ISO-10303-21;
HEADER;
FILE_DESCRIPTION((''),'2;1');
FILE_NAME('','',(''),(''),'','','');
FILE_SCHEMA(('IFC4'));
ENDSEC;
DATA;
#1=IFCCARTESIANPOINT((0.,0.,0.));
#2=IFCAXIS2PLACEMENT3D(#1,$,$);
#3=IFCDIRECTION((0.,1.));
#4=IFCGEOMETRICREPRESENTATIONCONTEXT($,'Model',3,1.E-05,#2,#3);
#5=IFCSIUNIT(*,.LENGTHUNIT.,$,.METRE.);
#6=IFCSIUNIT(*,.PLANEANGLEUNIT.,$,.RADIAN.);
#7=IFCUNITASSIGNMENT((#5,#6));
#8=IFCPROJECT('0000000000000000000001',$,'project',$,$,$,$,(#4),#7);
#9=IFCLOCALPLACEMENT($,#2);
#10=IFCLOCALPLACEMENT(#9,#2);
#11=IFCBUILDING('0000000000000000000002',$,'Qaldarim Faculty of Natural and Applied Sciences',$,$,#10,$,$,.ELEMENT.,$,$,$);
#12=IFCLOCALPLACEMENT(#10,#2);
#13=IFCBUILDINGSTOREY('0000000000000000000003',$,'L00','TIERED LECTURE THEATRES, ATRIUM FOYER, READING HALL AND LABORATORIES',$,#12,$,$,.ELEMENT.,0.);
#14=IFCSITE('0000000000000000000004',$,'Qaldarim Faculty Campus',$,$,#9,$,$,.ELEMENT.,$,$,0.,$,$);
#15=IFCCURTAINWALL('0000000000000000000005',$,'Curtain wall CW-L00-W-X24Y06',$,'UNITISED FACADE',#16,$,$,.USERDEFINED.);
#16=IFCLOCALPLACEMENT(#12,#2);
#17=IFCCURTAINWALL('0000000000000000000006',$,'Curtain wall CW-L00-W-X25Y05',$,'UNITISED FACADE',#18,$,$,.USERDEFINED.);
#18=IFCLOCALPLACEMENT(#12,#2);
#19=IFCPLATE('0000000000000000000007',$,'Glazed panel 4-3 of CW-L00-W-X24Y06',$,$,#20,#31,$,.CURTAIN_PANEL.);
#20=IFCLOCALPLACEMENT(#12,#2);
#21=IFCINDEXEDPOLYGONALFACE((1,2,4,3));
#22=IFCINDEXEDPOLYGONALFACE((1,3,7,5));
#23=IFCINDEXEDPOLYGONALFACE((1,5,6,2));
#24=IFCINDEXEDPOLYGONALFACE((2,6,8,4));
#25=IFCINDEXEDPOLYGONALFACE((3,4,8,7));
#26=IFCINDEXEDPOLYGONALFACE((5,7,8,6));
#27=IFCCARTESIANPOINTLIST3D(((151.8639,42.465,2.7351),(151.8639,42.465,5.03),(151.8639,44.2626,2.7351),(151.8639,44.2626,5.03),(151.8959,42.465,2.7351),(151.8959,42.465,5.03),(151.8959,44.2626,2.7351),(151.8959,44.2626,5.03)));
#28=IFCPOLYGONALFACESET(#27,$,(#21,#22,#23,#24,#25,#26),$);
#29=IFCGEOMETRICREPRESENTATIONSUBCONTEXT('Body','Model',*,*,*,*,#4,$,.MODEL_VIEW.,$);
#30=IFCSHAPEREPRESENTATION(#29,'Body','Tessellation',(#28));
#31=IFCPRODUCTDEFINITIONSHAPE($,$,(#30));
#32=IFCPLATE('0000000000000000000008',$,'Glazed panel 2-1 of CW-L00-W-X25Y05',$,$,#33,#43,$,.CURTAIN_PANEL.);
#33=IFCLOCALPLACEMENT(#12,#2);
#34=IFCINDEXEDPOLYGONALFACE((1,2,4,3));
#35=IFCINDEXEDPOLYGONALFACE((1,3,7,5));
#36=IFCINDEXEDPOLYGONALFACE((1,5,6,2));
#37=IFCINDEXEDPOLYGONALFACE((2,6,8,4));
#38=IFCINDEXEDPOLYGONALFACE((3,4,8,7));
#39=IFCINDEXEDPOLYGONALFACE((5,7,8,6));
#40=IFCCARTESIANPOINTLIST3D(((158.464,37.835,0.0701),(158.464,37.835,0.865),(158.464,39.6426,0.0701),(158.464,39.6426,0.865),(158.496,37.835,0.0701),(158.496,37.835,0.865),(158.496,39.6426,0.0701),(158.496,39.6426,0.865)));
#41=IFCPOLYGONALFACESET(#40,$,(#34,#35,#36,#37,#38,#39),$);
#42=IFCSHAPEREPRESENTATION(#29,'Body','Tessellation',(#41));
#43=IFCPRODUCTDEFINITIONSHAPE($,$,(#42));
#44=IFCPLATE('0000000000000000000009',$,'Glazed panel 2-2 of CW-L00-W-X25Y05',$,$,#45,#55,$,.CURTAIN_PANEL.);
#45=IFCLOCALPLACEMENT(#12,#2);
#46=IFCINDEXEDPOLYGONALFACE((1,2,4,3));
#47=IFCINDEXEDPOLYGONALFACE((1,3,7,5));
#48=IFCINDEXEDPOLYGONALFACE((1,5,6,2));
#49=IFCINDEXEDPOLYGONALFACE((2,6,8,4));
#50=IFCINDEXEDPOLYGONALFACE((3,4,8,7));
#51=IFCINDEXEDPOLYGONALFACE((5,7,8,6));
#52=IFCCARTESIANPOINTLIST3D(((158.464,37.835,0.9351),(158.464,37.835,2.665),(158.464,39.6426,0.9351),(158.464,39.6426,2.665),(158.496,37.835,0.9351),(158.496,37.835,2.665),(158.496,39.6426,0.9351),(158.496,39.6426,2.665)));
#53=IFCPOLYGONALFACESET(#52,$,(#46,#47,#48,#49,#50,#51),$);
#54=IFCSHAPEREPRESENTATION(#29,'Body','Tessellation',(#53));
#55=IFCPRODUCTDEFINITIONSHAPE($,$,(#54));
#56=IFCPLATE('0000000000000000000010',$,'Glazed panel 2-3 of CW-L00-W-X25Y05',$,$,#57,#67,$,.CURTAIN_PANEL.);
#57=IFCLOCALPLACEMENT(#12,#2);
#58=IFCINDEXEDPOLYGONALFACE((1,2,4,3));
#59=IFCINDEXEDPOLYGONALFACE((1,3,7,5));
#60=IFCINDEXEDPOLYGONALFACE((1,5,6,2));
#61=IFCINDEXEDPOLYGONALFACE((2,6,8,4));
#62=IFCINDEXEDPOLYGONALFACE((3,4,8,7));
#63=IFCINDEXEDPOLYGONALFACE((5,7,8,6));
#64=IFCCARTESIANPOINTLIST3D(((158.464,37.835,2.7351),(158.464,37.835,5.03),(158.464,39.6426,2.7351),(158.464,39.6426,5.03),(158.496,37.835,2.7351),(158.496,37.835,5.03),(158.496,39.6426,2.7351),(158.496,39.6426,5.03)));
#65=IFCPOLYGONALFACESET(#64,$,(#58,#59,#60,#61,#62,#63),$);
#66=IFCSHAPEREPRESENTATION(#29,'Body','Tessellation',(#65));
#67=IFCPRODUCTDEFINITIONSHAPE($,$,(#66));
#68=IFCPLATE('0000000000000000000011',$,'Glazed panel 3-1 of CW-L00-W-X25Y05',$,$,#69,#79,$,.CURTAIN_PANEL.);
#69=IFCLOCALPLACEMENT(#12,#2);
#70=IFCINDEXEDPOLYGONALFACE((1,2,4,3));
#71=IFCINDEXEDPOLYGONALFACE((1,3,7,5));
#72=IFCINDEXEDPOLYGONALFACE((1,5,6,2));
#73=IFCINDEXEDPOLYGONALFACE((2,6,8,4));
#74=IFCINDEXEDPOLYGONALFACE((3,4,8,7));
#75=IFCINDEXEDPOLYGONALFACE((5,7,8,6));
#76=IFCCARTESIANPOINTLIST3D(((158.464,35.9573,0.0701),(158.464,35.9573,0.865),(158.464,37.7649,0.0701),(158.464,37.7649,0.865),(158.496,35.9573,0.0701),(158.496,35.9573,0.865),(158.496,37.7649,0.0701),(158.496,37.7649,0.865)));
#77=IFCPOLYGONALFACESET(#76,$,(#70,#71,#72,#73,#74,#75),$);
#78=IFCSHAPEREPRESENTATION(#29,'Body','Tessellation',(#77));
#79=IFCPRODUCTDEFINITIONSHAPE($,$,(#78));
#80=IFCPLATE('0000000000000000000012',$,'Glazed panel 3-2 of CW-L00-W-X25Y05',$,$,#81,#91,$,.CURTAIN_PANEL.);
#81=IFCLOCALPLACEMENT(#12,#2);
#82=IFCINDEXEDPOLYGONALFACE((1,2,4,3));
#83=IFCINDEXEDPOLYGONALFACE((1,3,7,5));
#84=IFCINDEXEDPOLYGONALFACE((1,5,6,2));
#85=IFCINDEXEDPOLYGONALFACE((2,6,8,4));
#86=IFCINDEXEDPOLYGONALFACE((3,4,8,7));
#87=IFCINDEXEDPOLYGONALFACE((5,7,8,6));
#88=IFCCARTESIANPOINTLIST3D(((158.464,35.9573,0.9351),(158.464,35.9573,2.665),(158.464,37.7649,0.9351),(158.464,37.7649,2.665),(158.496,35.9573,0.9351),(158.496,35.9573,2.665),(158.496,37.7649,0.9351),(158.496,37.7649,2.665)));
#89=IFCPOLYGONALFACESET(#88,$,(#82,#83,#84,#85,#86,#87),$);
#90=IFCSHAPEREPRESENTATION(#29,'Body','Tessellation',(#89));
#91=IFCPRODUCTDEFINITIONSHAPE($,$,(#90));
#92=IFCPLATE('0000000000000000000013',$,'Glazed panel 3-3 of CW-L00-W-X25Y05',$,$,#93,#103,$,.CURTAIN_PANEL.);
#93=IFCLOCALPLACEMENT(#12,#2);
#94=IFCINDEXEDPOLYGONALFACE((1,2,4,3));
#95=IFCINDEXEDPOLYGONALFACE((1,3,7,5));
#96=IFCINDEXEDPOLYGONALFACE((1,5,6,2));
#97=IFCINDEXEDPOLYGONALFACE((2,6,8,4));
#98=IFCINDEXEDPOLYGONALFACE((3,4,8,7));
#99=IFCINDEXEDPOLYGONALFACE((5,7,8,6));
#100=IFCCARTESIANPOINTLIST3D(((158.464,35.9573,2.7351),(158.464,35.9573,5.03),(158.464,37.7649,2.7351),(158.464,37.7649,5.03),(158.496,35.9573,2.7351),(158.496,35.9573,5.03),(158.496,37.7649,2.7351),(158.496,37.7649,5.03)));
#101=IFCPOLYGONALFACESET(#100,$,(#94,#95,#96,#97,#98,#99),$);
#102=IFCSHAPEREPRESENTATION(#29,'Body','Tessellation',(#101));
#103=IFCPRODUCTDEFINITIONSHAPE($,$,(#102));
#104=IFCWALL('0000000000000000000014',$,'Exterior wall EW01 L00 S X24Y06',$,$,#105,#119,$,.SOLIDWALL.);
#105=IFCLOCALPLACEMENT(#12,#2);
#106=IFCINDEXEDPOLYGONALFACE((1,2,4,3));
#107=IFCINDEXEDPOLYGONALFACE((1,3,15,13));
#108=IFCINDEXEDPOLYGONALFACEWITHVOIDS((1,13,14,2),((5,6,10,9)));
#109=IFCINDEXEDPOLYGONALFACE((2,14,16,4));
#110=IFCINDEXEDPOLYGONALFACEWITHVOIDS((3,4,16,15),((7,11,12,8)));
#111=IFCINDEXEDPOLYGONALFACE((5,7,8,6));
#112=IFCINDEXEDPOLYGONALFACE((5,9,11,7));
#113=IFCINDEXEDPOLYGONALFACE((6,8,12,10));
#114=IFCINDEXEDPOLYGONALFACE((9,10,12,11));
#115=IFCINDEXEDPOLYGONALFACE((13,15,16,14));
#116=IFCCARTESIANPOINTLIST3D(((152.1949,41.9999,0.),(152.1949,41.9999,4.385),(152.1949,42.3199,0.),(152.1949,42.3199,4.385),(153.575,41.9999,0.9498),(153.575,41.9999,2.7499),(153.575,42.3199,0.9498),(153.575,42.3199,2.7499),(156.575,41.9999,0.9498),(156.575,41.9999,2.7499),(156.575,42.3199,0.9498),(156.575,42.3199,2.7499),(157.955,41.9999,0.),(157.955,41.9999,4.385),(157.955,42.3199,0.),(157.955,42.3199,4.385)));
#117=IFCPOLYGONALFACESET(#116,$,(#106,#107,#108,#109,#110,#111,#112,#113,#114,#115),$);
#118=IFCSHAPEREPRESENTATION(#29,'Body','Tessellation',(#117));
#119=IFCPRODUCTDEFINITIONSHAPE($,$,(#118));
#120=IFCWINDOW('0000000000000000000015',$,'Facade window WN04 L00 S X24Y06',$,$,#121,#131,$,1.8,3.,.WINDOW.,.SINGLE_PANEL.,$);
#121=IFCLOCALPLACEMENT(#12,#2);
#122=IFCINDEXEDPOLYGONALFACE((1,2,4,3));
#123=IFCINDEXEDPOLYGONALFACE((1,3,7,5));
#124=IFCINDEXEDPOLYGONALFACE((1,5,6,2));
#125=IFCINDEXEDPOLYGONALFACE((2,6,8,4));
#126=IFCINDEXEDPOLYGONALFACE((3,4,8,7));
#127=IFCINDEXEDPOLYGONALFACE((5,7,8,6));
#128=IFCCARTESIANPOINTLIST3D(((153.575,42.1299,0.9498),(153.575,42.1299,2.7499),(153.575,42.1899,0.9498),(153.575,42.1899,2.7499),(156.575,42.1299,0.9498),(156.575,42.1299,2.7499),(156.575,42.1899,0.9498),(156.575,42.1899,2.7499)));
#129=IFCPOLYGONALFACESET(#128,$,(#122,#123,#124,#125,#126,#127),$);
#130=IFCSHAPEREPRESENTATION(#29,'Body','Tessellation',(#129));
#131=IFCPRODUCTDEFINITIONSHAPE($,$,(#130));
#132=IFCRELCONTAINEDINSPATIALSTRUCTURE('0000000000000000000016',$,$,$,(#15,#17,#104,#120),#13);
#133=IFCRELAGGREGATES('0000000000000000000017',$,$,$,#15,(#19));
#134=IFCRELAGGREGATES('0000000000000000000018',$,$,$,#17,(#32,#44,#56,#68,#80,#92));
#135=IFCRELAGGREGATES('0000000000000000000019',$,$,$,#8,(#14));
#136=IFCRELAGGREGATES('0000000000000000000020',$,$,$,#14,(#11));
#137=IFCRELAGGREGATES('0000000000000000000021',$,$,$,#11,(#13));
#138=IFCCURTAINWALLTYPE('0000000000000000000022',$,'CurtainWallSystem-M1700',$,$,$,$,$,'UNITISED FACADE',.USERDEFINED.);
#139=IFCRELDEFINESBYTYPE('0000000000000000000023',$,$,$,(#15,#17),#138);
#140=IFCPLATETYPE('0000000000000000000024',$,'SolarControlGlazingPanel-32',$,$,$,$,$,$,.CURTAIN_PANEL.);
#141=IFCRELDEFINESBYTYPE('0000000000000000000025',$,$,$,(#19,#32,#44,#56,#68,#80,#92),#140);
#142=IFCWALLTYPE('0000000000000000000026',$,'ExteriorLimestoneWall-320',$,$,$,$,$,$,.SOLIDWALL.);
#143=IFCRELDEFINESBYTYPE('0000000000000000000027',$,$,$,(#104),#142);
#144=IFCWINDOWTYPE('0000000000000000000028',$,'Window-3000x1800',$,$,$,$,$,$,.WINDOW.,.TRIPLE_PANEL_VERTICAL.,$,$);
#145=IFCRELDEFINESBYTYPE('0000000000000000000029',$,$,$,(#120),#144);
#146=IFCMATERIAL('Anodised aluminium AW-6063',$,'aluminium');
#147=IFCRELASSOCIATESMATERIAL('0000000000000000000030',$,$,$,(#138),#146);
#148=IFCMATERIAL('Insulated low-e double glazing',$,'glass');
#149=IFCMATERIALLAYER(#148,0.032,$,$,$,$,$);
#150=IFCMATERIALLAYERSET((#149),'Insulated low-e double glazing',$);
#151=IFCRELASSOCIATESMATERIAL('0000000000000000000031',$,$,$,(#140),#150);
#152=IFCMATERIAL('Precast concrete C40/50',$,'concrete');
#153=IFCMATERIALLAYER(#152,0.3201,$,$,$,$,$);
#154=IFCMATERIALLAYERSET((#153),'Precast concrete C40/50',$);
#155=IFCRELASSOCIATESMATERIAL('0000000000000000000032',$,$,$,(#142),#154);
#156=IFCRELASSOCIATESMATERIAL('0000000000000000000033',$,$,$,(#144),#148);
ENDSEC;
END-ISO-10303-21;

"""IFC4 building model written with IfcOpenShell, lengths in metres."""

from ifc_helpers import new_model, si_unit, direction, frame, frame_2d, origin, origin_2d, place, context, subcontext, project, spatial, rectangle, extrude, material, layer, layer_set, type_object, element, fill, aggregate, save


model = new_model("IFC4")

# Units and contexts
model_context = context("Model", 3, precision=1e-05, world=origin(), true_north=direction((0.0, 1.0)))
body_context = subcontext(model_context, "Body", "Model", "MODEL_VIEW")
ifc_project = project(units=[si_unit("LENGTHUNIT", "METRE"), si_unit("PLANEANGLEUNIT", "RADIAN")], contexts=[model_context])

# Site, building, storey
site_placement = place(None, origin())
site = spatial("IfcSite", under=ifc_project, at=site_placement, Name="Qaldarim Faculty Campus", CompositionType="ELEMENT", RefElevation=0.0)
building_placement = place(site_placement, origin())
building = spatial("IfcBuilding", under=site, at=building_placement, Name="Qaldarim Faculty of Natural and Applied Sciences", CompositionType="ELEMENT")
storey_placement = place(building_placement, origin())
storey = spatial("IfcBuildingStorey", under=building, at=storey_placement, Name="L00", Description="TIERED LECTURE THEATRES, ATRIUM FOYER, READING HALL AND LABORATORIES", CompositionType="ELEMENT", Elevation=0.0)

# Curtain walls
ifc_material_1 = material(Name="Anodised aluminium AW-6063", Category="aluminium")
curtain_wall_type = type_object("IfcCurtainWallType", Name="CurtainWallSystem-M1700", ElementType="UNITISED FACADE", PredefinedType="USERDEFINED", material=ifc_material_1)
curtain_wall_1_placement = place(storey_placement, origin())
curtain_wall_1 = element("IfcCurtainWall", 1, at=curtain_wall_1_placement, inside=storey, type_object=curtain_wall_type, Name="Curtain wall CW-L00-W-X24Y06", ObjectType="UNITISED FACADE", PredefinedType="USERDEFINED")
curtain_wall_2_placement = place(storey_placement, origin())
curtain_wall_2 = element("IfcCurtainWall", 2, at=curtain_wall_2_placement, inside=storey, type_object=curtain_wall_type, Name="Curtain wall CW-L00-W-X25Y05", ObjectType="UNITISED FACADE", PredefinedType="USERDEFINED")

# Plates
ifc_material_2 = material(Name="Insulated low-e double glazing", Category="glass")
ifc_layer_1 = layer(ifc_material_2, 0.032)
ifc_layer_set_1 = layer_set([ifc_layer_1], Name="Insulated low-e double glazing")
plate_type = type_object("IfcPlateType", Name="SolarControlGlazingPanel-32", PredefinedType="CURTAIN_PANEL", material=ifc_layer_set_1)
plate_1_placement = place(storey_placement, frame((151.8799, 43.3638, 2.7351), z_axis=(0.0, 0.0, 1.0), x_axis=(0.0, -1.0, 0.0)))
plate_1 = element("IfcPlate", 3, at=plate_1_placement, type_object=plate_type, Name="Glazed panel 4-3 of CW-L00-W-X24Y06", PredefinedType="CURTAIN_PANEL", context=body_context, shape_type="SweptSolid", body=[
    extrude(rectangle(XDim=1.7976, YDim=0.032, at=origin_2d()), origin(), (0.0, 0.0, 1.0), 2.2949),
])
aggregate(curtain_wall_1, [plate_1])
plate_2_placement = place(storey_placement, frame((158.48, 38.7388, 0.0701), z_axis=(0.0, 0.0, 1.0), x_axis=(0.0, -1.0, 0.0)))
plate_2 = element("IfcPlate", 4, at=plate_2_placement, type_object=plate_type, Name="Glazed panel 2-1 of CW-L00-W-X25Y05", PredefinedType="CURTAIN_PANEL", context=body_context, shape_type="SweptSolid", body=[
    extrude(rectangle(XDim=1.8076, YDim=0.032, at=origin_2d()), origin(), (0.0, 0.0, 1.0), 0.7949),
])
plate_3_placement = place(storey_placement, frame((158.48, 38.7388, 0.9351), z_axis=(0.0, 0.0, 1.0), x_axis=(0.0, -1.0, 0.0)))
plate_3 = element("IfcPlate", 5, at=plate_3_placement, type_object=plate_type, Name="Glazed panel 2-2 of CW-L00-W-X25Y05", PredefinedType="CURTAIN_PANEL", context=body_context, shape_type="SweptSolid", body=[
    extrude(rectangle(XDim=1.8076, YDim=0.032, at=origin_2d()), origin(), (0.0, 0.0, 1.0), 1.73),
])
plate_4_placement = place(storey_placement, frame((158.48, 38.7388, 2.7351), z_axis=(0.0, 0.0, 1.0), x_axis=(0.0, -1.0, 0.0)))
plate_4 = element("IfcPlate", 6, at=plate_4_placement, type_object=plate_type, Name="Glazed panel 2-3 of CW-L00-W-X25Y05", PredefinedType="CURTAIN_PANEL", context=body_context, shape_type="SweptSolid", body=[
    extrude(rectangle(XDim=1.8076, YDim=0.032, at=origin_2d()), origin(), (0.0, 0.0, 1.0), 2.2949),
])
plate_5_placement = place(storey_placement, frame((158.48, 36.8611, 0.0701), z_axis=(0.0, 0.0, 1.0), x_axis=(0.0, -1.0, 0.0)))
plate_5 = element("IfcPlate", 7, at=plate_5_placement, type_object=plate_type, Name="Glazed panel 3-1 of CW-L00-W-X25Y05", PredefinedType="CURTAIN_PANEL", context=body_context, shape_type="SweptSolid", body=[
    extrude(rectangle(XDim=1.8076, YDim=0.032, at=origin_2d()), origin(), (0.0, 0.0, 1.0), 0.7949),
])
plate_6_placement = place(storey_placement, frame((158.48, 36.8611, 0.9351), z_axis=(0.0, 0.0, 1.0), x_axis=(0.0, -1.0, 0.0)))
plate_6 = element("IfcPlate", 8, at=plate_6_placement, type_object=plate_type, Name="Glazed panel 3-2 of CW-L00-W-X25Y05", PredefinedType="CURTAIN_PANEL", context=body_context, shape_type="SweptSolid", body=[
    extrude(rectangle(XDim=1.8076, YDim=0.032, at=origin_2d()), origin(), (0.0, 0.0, 1.0), 1.73),
])
plate_7_placement = place(storey_placement, frame((158.48, 36.8611, 2.7351), z_axis=(0.0, 0.0, 1.0), x_axis=(0.0, -1.0, 0.0)))
plate_7 = element("IfcPlate", 9, at=plate_7_placement, type_object=plate_type, Name="Glazed panel 3-3 of CW-L00-W-X25Y05", PredefinedType="CURTAIN_PANEL", context=body_context, shape_type="SweptSolid", body=[
    extrude(rectangle(XDim=1.8076, YDim=0.032, at=origin_2d()), origin(), (0.0, 0.0, 1.0), 2.2949),
])
aggregate(curtain_wall_2, [plate_2, plate_3, plate_4, plate_5, plate_6, plate_7])

# Wall, opening, window
ifc_material_3 = material(Name="Precast concrete C40/50", Category="concrete")
ifc_layer_2 = layer(ifc_material_3, 0.3201)
ifc_layer_set_2 = layer_set([ifc_layer_2], Name="Precast concrete C40/50")
wall_type = type_object("IfcWallType", Name="ExteriorLimestoneWall-320", PredefinedType="SOLIDWALL", material=ifc_layer_set_2)
wall_placement = place(storey_placement, frame((152.1951, 42.1599, 0.0), z_axis=(0.0, 0.0, 1.0), x_axis=(1.0, 0.0, 0.0)))
wall = element("IfcWall", 10, at=wall_placement, inside=storey, type_object=wall_type, Name="Exterior wall EW01 L00 S X24Y06", PredefinedType="SOLIDWALL", context=body_context, shape_type="SweptSolid", body=[
    extrude(rectangle(XDim=5.76, YDim=0.3201, at=frame_2d((2.8799, 0.0))), origin(), (0.0, 0.0, 1.0), 4.385),
])
opening_placement = place(wall_placement, frame((1.3799, 0.0, 0.95)))
opening = element("IfcOpeningElement", 11, at=opening_placement, cuts=wall, PredefinedType="OPENING", context=body_context, shape_type="SweptSolid", body=[
    extrude(rectangle(XDim=3.0, YDim=1.8, at=frame_2d((1.5, 0.8999))), frame((0.0, 0.1699, 0.0), z_axis=(0.0, -1.0, 0.0), x_axis=(1.0, 0.0, 0.0)), (0.0, 0.0, 1.0), 0.3401),
])
window_type = type_object("IfcWindowType", Name="Window-3000x1800", PartitioningType="TRIPLE_PANEL_VERTICAL", PredefinedType="WINDOW", material=ifc_material_2)
window_placement = place(opening_placement, origin())
window = element("IfcWindow", 12, at=window_placement, inside=storey, type_object=window_type, Name="Facade window WN04 L00 S X24Y06", OverallHeight=1.8, OverallWidth=3.0, PartitioningType="SINGLE_PANEL", PredefinedType="WINDOW", context=body_context, shape_type="SweptSolid", body=[
    extrude(rectangle(XDim=3.0, YDim=1.8, at=frame_2d((1.5, 0.8999))), frame((0.0, 0.03, 0.0), z_axis=(0.0, -1.0, 0.0), x_axis=(1.0, 0.0, 0.0)), (0.0, 0.0, 1.0), 0.0601),
])
fill(opening, window)

save(model, "model.ifc")
